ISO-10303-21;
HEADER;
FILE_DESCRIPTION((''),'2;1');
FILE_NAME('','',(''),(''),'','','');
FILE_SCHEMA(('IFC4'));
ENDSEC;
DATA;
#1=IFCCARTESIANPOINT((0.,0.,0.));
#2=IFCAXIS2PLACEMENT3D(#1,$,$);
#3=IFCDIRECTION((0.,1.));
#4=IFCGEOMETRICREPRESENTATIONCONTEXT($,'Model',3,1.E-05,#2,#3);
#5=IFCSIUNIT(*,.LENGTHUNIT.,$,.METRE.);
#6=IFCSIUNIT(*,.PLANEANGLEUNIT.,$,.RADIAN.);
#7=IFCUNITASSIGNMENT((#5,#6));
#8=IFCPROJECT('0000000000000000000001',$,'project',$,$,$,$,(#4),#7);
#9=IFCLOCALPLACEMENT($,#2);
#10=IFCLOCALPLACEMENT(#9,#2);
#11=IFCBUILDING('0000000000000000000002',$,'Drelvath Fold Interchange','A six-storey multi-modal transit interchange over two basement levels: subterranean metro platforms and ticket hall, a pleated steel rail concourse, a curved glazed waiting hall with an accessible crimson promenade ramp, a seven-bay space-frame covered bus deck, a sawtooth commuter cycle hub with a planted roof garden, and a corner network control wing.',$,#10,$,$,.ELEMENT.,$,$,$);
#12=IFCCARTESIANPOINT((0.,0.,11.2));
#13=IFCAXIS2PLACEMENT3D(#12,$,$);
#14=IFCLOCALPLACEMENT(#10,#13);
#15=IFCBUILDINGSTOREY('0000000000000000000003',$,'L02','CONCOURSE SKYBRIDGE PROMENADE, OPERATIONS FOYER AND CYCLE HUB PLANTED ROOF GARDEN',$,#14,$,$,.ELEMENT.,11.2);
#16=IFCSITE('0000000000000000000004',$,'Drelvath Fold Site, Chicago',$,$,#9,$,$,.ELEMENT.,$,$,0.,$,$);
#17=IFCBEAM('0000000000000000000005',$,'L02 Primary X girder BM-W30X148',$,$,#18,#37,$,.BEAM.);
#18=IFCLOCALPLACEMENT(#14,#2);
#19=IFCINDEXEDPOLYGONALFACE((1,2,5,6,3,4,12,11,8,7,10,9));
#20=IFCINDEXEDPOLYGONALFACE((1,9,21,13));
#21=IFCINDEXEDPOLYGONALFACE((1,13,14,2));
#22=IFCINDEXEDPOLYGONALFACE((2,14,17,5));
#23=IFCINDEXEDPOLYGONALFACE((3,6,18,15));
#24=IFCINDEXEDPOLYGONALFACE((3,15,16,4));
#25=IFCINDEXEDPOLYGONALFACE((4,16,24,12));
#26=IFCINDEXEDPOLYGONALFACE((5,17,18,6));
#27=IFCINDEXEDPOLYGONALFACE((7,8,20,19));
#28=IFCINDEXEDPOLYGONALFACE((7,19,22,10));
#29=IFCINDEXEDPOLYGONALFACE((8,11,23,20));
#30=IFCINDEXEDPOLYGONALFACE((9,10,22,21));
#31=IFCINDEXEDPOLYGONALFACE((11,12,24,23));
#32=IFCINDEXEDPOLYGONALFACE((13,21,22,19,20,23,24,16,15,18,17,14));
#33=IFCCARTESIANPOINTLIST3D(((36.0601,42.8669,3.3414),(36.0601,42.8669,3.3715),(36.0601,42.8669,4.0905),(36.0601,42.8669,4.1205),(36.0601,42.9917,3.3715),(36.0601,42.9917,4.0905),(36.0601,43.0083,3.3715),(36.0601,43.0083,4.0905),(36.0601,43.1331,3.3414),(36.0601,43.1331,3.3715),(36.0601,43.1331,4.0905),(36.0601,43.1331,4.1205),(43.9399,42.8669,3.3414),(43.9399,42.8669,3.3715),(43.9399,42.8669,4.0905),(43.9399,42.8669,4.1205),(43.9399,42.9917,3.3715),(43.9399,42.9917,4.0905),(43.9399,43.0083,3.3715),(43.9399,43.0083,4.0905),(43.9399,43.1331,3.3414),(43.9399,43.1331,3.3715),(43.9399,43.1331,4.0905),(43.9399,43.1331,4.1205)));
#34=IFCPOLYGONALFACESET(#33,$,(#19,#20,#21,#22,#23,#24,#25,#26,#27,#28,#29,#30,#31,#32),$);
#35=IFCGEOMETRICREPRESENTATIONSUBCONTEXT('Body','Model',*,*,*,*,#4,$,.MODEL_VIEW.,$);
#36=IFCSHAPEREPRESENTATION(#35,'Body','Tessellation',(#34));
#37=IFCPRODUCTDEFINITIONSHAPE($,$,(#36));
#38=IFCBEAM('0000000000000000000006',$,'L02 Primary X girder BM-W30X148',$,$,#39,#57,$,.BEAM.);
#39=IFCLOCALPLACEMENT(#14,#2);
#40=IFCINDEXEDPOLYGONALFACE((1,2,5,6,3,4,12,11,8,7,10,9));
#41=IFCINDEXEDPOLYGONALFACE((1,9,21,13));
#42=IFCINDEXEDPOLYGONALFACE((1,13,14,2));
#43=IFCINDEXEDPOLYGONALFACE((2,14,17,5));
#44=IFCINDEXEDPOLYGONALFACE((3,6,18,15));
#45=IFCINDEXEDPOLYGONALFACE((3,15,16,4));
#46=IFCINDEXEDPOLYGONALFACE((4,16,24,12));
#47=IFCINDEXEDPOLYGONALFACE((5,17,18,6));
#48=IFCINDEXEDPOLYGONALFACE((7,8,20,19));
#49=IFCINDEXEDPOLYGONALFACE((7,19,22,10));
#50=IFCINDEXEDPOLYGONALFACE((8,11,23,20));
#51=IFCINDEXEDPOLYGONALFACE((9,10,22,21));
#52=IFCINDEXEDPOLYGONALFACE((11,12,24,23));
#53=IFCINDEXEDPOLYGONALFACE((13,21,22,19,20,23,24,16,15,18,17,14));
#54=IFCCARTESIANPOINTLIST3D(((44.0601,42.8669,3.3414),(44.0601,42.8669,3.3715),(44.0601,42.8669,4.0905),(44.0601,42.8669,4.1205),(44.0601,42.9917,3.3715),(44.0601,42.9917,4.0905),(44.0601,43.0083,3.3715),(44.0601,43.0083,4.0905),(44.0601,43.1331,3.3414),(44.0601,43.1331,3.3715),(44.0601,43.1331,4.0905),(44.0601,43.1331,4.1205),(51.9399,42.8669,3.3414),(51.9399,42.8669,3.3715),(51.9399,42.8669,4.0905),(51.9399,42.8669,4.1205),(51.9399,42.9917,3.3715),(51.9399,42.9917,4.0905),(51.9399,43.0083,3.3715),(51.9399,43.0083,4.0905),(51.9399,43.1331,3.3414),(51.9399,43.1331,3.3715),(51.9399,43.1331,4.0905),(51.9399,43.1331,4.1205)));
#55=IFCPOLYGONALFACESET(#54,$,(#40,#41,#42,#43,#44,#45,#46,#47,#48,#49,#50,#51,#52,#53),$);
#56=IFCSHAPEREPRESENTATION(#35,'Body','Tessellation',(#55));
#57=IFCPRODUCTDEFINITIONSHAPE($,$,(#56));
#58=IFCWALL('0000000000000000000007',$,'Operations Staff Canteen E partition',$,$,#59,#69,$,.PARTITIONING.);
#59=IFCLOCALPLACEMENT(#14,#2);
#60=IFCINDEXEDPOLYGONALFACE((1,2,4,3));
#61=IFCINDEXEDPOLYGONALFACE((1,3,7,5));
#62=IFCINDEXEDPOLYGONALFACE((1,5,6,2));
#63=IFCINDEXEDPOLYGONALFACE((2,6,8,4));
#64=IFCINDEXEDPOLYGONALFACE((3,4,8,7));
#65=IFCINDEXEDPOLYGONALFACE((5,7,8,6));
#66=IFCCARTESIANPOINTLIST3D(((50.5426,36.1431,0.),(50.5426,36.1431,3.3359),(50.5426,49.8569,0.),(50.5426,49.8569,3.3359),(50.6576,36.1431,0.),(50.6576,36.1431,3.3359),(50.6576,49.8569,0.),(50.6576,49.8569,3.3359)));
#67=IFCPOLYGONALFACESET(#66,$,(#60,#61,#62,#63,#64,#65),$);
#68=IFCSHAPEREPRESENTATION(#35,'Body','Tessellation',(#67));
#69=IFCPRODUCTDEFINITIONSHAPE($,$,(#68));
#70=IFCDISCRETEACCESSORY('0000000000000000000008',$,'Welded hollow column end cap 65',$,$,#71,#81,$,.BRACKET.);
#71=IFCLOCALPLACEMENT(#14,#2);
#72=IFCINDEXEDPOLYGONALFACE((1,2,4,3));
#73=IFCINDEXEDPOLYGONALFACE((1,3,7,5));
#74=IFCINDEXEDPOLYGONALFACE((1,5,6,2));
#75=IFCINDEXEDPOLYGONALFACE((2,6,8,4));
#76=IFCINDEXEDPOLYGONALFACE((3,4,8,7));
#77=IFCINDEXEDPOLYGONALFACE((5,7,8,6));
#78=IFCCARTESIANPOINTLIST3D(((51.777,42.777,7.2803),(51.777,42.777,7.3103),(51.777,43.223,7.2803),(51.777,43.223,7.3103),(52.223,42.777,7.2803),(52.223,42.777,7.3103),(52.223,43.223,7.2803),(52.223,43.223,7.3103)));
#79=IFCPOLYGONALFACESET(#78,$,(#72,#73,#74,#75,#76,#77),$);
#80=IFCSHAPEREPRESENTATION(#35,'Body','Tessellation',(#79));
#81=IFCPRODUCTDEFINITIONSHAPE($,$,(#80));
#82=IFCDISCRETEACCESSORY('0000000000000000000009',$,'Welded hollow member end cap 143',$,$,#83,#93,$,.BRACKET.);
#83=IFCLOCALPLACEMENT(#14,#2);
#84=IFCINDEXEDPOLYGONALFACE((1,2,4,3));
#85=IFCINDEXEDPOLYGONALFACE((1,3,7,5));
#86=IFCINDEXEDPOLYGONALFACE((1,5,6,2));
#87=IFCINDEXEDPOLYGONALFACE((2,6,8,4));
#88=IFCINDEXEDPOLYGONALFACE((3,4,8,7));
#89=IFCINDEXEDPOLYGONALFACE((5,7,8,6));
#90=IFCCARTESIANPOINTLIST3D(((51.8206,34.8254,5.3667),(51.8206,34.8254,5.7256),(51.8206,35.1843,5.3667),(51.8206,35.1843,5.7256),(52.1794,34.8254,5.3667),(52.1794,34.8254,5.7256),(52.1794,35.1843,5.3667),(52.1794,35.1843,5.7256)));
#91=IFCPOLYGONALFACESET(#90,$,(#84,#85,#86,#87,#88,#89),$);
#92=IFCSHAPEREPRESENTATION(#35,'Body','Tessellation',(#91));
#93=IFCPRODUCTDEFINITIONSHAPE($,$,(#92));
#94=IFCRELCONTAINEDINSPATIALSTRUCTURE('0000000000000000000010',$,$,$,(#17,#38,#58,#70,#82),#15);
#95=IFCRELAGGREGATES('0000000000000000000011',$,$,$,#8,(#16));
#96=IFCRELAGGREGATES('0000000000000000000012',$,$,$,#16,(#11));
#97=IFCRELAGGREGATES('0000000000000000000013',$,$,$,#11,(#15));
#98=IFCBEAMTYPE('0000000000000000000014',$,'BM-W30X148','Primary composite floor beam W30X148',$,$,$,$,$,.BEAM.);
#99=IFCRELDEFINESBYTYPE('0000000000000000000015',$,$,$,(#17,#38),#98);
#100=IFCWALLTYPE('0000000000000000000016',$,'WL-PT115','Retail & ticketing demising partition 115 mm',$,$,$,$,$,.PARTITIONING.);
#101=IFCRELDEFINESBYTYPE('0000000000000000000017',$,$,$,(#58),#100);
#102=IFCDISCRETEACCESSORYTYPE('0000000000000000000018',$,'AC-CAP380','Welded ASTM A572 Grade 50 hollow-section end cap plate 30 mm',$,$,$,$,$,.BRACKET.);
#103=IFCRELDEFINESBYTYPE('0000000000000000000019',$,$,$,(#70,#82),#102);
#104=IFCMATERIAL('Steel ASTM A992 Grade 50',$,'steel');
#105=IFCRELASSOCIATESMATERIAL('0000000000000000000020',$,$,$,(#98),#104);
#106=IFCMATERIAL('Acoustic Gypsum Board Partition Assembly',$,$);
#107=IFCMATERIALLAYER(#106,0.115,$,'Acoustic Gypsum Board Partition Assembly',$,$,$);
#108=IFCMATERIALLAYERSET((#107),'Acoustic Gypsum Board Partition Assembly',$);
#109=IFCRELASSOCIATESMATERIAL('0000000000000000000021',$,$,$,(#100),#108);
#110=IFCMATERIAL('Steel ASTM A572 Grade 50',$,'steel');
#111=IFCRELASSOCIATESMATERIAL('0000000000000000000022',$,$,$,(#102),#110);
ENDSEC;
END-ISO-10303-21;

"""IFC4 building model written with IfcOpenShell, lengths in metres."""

from ifc_helpers import new_model, si_unit, direction, frame, frame_2d, origin, origin_2d, place, context, subcontext, project, spatial, rectangle, i_section, extrude, material, layer, layer_set, material_profile, profile_set, type_object, element, save


model = new_model("IFC4")

# Units and contexts
model_context = context("Model", 3, precision=1e-05, world=origin(), true_north=direction((0.0, 1.0)))
body_context = subcontext(model_context, "Body", "Model", "MODEL_VIEW")
ifc_project = project(units=[si_unit("LENGTHUNIT", "METRE"), si_unit("PLANEANGLEUNIT", "RADIAN")], contexts=[model_context])

# Site, building, storey
site_placement = place(None, origin())
site = spatial("IfcSite", under=ifc_project, at=site_placement, Name="Drelvath Fold Site, Chicago", CompositionType="ELEMENT", RefElevation=0.0)
building_placement = place(site_placement, origin())
building = spatial("IfcBuilding", under=site, at=building_placement, Name="Drelvath Fold Interchange", Description="A six-storey multi-modal transit interchange over two basement levels: subterranean metro platforms and ticket hall, a pleated steel rail concourse, a curved glazed waiting hall with an accessible crimson promenade ramp, a seven-bay space-frame covered bus deck, a sawtooth commuter cycle hub with a planted roof garden, and a corner network control wing.", CompositionType="ELEMENT")
storey_placement = place(building_placement, frame((0.0, 0.0, 11.2)))
storey = spatial("IfcBuildingStorey", under=building, at=storey_placement, Name="L02", Description="CONCOURSE SKYBRIDGE PROMENADE, OPERATIONS FOYER AND CYCLE HUB PLANTED ROOF GARDEN", CompositionType="ELEMENT", Elevation=11.2)

# Shared definitions
ifc_material_1 = material(Name="Steel ASTM A992 Grade 50", Category="steel")

# Beams
ifc_material_profile_1 = material_profile(ifc_material_1, i_section(OverallWidth=0.2661, OverallDepth=0.7791, WebThickness=0.0166, FlangeThickness=0.03, at=origin_2d()), Name="W30X148")
ifc_profile_set_1 = profile_set([ifc_material_profile_1], Name="Steel ASTM A992 Grade 50")
beam_type_1 = type_object("IfcBeamType", Name="BM-W30X148", Description="Primary composite floor beam W30X148", PredefinedType="BEAM", material=ifc_profile_set_1)
for number, where, z_axis, x_axis, name in (
    (1, (36.0601, 43.0, 3.731), (1.0, 0.0, 0.0), (0.0, 1.0, 0.0), "L02 Primary X girder BM-W30X148"),
    (2, (44.0601, 43.0, 3.731), (1.0, 0.0, 0.0), (0.0, 1.0, 0.0), "L02 Primary X girder BM-W30X148"),
):
    element("IfcBeam", number, at=place(storey_placement, frame(where, z_axis=z_axis, x_axis=x_axis)), inside=storey, type_object=beam_type_1, Name=name, PredefinedType="BEAM", context=body_context, shape_type="SweptSolid", body=[
        extrude(i_section(OverallWidth=0.2661, OverallDepth=0.7791, WebThickness=0.0166, FlangeThickness=0.03, at=origin_2d()), origin(), (0.0, 0.0, 1.0), 7.8799),
    ])

# Wall
ifc_material_2 = material(Name="Acoustic Gypsum Board Partition Assembly")
ifc_layer = layer(ifc_material_2, 0.115, Name="Acoustic Gypsum Board Partition Assembly")
ifc_layer_set = layer_set([ifc_layer], Name="Acoustic Gypsum Board Partition Assembly")
wall_type = type_object("IfcWallType", Name="WL-PT115", Description="Retail & ticketing demising partition 115 mm", PredefinedType="PARTITIONING", material=ifc_layer_set)
wall_placement = place(storey_placement, frame((50.6001, 36.1431, 0.0), z_axis=(0.0, 0.0, 1.0), x_axis=(0.0, 1.0, 0.0)))
element("IfcWall", 3, at=wall_placement, inside=storey, type_object=wall_type, Name="Operations Staff Canteen E partition", PredefinedType="PARTITIONING", context=body_context, shape_type="SweptSolid", body=[
    extrude(rectangle(XDim=13.7139, YDim=0.115, at=frame_2d((6.8569, 0.0))), origin(), (0.0, 0.0, 1.0), 3.3359),
])

# Discrete accessories
ifc_material_3 = material(Name="Steel ASTM A572 Grade 50", Category="steel")
discrete_accessory_type = type_object("IfcDiscreteAccessoryType", Name="AC-CAP380", Description="Welded ASTM A572 Grade 50 hollow-section end cap plate 30 mm", PredefinedType="BRACKET", material=ifc_material_3)
discrete_accessory_1_placement = place(storey_placement, frame((52.0, 43.0, 7.2803), z_axis=(0.0, 0.0, 1.0), x_axis=(1.0, 0.0, 0.0)))
element("IfcDiscreteAccessory", 4, at=discrete_accessory_1_placement, inside=storey, type_object=discrete_accessory_type, Name="Welded hollow column end cap 65", PredefinedType="BRACKET", context=body_context, shape_type="SweptSolid", body=[
    extrude(rectangle(XDim=0.446, YDim=0.446, at=origin_2d()), origin(), (0.0, 0.0, 1.0), 0.03),
])
discrete_accessory_2_placement = place(storey_placement, frame((52.0, 35.0049, 5.3667), z_axis=(0.0, 0.0, 1.0), x_axis=(1.0, 0.0, 0.0)))
element("IfcDiscreteAccessory", 5, at=discrete_accessory_2_placement, inside=storey, type_object=discrete_accessory_type, Name="Welded hollow member end cap 143", PredefinedType="BRACKET", context=body_context, shape_type="SweptSolid", body=[
    extrude(rectangle(XDim=0.3589, YDim=0.3589, at=origin_2d()), origin(), (0.0, 0.0, 1.0), 0.3589),
])

save(model, "model.ifc")
